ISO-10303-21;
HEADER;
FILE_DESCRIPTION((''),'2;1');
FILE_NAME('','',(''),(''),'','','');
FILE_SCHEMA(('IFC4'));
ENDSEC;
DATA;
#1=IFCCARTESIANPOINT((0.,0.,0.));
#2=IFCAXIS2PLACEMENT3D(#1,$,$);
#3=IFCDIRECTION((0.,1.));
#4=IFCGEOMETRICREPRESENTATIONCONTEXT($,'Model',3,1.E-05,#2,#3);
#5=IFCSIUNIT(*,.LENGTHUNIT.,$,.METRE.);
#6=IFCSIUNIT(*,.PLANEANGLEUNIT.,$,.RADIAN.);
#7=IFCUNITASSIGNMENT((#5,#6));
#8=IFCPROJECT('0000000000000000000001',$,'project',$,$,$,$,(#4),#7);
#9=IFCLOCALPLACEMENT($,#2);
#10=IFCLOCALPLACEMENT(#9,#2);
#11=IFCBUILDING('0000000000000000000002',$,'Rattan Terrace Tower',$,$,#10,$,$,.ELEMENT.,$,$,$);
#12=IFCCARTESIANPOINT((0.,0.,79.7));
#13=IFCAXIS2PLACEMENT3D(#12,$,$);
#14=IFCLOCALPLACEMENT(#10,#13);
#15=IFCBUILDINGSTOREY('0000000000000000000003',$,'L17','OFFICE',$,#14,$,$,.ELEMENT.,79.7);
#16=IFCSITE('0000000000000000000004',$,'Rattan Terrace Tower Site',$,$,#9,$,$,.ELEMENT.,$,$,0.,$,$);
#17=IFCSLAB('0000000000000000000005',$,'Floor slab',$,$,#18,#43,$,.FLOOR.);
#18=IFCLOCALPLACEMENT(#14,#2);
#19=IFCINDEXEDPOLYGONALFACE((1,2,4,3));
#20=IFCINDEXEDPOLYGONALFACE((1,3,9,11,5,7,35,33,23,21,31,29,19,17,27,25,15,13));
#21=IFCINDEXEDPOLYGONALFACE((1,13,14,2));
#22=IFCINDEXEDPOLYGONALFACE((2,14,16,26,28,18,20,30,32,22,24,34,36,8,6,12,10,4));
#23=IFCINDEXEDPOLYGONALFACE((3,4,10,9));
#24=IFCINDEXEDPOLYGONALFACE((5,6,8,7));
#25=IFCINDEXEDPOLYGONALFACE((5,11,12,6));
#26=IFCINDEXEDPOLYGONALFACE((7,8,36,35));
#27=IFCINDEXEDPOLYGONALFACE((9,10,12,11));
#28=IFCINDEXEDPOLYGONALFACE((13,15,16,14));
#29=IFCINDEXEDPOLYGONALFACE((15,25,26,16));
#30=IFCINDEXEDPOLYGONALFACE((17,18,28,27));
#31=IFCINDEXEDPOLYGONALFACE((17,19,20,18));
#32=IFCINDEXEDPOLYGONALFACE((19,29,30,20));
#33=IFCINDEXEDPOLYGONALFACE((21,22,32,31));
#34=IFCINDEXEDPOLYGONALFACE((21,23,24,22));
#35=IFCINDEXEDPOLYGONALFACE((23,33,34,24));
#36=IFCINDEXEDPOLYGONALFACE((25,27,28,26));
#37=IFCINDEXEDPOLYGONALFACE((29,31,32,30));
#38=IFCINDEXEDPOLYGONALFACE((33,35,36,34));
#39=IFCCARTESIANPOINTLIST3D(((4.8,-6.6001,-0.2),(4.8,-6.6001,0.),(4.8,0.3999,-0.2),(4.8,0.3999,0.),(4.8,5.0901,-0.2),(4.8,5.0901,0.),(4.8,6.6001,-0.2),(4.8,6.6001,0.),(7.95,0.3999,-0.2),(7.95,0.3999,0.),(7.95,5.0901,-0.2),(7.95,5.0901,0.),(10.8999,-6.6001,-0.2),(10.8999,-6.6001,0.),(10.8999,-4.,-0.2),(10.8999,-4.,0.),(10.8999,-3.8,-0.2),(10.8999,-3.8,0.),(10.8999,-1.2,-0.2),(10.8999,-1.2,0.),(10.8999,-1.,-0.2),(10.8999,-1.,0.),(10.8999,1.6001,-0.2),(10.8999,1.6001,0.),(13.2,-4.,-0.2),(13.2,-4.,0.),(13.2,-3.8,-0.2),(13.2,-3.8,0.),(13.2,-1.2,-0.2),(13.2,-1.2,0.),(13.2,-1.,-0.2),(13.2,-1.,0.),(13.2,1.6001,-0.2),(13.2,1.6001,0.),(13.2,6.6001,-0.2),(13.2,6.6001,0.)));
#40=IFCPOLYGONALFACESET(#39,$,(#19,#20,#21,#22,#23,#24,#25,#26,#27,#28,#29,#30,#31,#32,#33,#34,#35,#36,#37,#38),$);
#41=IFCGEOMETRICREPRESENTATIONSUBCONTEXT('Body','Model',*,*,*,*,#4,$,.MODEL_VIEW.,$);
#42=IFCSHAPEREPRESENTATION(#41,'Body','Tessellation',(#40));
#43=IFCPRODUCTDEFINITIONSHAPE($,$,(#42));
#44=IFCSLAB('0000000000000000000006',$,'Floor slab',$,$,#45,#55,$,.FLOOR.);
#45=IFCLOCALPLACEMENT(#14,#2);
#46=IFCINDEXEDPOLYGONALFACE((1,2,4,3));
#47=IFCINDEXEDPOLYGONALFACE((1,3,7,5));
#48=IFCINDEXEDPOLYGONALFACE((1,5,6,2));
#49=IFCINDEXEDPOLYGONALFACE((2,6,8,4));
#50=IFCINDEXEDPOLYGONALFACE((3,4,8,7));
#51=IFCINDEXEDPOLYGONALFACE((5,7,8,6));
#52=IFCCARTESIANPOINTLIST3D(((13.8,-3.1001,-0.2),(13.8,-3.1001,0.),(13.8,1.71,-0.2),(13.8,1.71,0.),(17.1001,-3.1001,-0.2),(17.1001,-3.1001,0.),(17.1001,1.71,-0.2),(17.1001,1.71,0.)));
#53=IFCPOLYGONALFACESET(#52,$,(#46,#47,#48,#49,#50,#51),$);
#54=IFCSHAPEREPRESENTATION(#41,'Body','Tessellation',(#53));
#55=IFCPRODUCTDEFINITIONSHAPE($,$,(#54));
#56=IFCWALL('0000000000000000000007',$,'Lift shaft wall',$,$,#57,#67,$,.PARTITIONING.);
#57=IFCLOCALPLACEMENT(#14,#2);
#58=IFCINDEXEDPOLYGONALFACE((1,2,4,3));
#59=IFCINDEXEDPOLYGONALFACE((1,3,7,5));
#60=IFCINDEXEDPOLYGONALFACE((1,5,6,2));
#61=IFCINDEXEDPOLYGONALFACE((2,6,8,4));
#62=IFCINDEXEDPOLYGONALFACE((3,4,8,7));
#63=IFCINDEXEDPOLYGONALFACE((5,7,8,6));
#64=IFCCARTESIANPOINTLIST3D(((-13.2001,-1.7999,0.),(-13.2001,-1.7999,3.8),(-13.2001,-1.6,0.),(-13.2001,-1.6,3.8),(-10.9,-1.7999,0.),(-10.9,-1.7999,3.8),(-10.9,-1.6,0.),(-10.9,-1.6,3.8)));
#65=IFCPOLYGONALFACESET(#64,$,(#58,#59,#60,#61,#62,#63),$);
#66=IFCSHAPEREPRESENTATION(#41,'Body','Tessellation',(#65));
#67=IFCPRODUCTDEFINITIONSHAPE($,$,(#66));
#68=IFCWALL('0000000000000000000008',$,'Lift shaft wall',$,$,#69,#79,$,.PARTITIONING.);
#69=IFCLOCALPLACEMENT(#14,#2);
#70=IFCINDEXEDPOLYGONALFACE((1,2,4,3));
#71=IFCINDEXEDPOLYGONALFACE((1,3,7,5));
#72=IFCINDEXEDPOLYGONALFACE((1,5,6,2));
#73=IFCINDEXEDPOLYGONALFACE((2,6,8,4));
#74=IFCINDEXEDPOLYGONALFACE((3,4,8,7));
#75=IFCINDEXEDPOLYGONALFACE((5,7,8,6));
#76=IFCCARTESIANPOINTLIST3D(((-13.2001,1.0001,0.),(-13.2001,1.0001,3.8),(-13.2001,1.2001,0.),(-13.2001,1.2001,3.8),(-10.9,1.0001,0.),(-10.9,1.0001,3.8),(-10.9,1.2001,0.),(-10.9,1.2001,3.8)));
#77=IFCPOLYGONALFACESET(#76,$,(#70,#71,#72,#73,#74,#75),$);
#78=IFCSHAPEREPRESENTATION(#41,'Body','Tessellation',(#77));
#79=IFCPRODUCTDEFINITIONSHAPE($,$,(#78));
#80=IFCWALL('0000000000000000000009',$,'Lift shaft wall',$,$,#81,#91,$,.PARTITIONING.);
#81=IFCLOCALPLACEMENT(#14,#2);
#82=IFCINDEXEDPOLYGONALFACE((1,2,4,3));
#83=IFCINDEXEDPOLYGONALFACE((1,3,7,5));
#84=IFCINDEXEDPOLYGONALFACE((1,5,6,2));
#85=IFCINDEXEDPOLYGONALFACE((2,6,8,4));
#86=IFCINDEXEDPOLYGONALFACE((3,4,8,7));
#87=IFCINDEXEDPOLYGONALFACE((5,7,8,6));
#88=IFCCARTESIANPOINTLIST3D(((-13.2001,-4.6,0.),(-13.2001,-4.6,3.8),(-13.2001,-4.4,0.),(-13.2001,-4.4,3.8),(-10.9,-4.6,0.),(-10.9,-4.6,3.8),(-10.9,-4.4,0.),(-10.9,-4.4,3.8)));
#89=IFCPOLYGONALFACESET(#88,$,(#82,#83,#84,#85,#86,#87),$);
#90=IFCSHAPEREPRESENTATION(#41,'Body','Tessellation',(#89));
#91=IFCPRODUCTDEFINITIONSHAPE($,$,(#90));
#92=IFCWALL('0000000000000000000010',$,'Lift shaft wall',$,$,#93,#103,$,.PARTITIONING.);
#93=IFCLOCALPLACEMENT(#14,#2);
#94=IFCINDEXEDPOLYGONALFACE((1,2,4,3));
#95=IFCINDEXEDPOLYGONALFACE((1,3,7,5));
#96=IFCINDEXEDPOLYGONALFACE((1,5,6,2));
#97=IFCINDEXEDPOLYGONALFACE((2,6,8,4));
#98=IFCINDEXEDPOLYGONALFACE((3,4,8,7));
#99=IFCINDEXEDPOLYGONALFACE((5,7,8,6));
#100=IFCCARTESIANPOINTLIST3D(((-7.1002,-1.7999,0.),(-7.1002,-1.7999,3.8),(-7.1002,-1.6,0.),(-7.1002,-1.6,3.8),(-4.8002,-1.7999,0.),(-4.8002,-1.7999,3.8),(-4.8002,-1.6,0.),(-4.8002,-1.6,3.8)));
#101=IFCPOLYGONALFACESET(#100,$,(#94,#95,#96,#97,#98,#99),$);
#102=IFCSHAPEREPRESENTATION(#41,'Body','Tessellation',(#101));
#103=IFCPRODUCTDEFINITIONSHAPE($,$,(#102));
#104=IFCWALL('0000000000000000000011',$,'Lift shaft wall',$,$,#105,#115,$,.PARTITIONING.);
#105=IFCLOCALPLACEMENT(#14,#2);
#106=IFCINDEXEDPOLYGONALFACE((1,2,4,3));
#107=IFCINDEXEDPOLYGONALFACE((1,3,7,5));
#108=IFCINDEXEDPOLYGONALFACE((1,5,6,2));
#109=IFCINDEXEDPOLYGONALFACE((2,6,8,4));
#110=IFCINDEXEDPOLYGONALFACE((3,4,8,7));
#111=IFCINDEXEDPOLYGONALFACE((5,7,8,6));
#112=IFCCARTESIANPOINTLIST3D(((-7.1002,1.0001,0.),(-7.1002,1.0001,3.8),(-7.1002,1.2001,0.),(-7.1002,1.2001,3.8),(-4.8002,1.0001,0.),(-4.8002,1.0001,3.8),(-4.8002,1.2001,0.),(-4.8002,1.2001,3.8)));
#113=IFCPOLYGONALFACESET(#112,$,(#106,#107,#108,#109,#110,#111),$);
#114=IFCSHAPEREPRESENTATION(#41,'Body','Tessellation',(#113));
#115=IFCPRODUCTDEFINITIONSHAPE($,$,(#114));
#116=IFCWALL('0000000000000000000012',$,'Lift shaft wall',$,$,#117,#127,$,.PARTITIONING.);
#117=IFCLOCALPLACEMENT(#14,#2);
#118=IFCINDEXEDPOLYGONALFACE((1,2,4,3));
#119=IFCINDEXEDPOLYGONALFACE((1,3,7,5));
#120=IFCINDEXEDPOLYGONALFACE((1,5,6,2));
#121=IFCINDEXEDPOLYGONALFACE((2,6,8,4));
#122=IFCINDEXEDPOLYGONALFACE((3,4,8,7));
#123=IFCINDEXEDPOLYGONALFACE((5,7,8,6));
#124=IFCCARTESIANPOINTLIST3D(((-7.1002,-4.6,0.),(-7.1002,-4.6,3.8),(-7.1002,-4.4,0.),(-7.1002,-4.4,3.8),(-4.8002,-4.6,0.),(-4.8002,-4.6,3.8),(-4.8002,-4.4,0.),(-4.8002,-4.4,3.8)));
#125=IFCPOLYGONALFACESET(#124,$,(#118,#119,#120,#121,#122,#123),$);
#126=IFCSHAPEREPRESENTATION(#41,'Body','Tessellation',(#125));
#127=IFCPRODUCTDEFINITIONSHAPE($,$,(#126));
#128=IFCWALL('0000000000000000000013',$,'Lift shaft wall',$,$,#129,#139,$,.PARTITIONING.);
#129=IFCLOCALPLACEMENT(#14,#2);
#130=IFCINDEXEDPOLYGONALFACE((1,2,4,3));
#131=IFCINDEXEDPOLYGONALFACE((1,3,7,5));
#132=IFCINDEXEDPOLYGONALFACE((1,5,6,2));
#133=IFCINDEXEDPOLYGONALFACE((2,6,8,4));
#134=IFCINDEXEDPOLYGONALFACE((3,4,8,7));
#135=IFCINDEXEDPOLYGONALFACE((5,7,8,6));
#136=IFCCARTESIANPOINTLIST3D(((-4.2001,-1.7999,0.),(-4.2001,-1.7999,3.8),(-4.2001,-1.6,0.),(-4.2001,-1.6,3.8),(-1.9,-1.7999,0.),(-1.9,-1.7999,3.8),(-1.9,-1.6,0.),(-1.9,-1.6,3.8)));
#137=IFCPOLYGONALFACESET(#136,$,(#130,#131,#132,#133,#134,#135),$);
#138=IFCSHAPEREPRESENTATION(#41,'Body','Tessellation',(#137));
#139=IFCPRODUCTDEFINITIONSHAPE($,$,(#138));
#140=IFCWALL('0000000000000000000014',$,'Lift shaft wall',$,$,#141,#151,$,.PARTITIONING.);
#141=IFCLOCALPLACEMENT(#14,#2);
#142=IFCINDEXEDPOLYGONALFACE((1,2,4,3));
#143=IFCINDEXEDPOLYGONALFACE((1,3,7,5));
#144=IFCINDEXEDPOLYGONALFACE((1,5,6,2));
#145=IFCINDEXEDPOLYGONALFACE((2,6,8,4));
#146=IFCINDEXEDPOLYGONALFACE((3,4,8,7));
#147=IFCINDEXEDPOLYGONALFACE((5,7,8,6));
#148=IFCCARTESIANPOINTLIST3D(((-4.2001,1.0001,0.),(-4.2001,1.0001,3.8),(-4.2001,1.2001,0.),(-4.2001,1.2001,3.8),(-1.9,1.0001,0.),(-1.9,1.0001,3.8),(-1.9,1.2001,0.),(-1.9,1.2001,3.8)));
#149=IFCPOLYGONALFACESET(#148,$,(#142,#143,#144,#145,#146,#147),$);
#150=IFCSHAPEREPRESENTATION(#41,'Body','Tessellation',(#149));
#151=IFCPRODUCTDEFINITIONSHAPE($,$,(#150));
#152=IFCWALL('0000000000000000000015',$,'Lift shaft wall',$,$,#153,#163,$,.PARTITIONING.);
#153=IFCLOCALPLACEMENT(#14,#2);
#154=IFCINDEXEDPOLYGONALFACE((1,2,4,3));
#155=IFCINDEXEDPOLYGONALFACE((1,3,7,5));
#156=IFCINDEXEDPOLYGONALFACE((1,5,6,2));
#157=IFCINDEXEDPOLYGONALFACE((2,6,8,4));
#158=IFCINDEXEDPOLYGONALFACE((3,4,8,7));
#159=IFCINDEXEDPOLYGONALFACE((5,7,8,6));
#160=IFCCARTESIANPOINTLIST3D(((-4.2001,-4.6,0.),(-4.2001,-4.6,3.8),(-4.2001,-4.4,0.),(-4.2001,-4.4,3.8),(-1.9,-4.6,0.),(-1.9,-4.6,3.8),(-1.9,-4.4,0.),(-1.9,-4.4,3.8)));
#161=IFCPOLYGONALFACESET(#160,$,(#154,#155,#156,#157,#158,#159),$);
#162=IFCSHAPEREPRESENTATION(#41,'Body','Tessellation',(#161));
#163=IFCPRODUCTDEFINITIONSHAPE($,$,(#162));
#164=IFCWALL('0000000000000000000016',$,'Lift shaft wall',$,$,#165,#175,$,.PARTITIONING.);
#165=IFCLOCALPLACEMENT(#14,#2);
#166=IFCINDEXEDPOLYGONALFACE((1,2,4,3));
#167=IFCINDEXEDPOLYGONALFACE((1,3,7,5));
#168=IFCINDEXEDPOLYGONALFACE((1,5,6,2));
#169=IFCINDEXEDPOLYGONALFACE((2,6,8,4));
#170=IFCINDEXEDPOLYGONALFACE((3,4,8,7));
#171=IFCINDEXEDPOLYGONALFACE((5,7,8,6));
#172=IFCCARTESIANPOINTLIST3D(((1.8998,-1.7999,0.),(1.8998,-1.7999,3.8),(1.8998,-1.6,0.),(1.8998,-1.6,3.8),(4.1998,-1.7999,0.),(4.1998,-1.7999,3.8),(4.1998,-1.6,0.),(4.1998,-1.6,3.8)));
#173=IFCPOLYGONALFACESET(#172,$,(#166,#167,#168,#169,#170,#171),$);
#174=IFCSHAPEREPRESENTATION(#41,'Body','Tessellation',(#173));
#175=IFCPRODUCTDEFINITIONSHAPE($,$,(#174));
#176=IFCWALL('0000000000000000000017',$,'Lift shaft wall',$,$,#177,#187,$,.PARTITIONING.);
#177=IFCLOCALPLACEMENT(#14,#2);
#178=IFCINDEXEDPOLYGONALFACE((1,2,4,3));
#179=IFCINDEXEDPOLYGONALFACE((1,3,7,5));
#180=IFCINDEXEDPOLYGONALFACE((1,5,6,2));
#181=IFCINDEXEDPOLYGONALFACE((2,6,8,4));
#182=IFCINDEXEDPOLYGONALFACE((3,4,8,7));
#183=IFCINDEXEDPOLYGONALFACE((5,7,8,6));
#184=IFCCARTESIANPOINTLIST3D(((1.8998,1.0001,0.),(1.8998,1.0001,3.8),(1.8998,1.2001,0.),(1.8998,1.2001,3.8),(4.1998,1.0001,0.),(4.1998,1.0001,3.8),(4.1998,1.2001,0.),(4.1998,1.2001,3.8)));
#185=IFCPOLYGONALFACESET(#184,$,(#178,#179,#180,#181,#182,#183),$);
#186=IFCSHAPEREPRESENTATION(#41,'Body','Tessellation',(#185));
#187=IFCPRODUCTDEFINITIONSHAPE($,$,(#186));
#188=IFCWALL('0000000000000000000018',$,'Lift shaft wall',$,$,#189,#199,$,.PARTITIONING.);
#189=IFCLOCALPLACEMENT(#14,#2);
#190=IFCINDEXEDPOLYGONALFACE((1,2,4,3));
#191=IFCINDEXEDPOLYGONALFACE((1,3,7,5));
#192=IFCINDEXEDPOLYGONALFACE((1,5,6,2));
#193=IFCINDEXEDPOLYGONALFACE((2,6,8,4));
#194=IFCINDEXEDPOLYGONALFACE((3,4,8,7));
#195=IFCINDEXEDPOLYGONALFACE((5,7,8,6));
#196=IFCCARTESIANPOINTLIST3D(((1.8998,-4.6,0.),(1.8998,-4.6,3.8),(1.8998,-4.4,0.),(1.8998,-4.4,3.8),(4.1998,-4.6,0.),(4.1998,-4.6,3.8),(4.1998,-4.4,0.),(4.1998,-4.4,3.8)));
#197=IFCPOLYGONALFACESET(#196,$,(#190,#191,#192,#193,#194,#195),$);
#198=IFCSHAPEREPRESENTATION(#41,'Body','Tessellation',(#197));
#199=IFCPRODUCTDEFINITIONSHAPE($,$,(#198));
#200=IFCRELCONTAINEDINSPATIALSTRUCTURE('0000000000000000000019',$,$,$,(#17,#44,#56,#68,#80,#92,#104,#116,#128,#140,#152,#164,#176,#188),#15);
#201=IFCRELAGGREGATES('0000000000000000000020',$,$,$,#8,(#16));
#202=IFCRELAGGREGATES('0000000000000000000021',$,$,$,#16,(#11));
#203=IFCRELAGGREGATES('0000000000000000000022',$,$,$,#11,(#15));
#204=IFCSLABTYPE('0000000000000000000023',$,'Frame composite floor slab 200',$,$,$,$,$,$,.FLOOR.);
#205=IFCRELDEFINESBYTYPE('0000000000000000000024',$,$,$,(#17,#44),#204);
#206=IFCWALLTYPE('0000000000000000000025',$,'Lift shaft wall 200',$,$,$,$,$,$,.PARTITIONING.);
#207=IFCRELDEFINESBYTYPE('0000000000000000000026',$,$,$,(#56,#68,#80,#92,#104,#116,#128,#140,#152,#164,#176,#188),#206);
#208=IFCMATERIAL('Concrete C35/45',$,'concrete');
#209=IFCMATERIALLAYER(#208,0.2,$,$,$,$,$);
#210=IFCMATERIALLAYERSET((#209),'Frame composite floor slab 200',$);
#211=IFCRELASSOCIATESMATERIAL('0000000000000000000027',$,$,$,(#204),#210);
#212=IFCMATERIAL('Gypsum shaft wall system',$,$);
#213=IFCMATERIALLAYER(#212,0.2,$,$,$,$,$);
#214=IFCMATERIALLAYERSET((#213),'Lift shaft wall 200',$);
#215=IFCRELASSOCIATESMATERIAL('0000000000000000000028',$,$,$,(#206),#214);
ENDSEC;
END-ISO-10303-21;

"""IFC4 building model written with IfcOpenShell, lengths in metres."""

from ifc_helpers import new_model, si_unit, direction, frame, frame_2d, origin, place, context, subcontext, project, spatial, polyline, rectangle, outline, extrude, material, layer, layer_set, type_object, element, save


model = new_model("IFC4")

# Units and contexts
model_context = context("Model", 3, precision=1e-05, world=origin(), true_north=direction((0.0, 1.0)))
body_context = subcontext(model_context, "Body", "Model", "MODEL_VIEW")
ifc_project = project(units=[si_unit("LENGTHUNIT", "METRE"), si_unit("PLANEANGLEUNIT", "RADIAN")], contexts=[model_context])

# Site, building, storey
site_placement = place(None, origin())
site = spatial("IfcSite", under=ifc_project, at=site_placement, Name="Rattan Terrace Tower Site", CompositionType="ELEMENT", RefElevation=0.0)
building_placement = place(site_placement, origin())
building = spatial("IfcBuilding", under=site, at=building_placement, Name="Rattan Terrace Tower", CompositionType="ELEMENT")
storey_placement = place(building_placement, frame((0.0, 0.0, 79.7)))
storey = spatial("IfcBuildingStorey", under=building, at=storey_placement, Name="L17", Description="OFFICE", CompositionType="ELEMENT", Elevation=79.7)

# Slabs
ifc_material_1 = material(Name="Concrete C35/45", Category="concrete")
ifc_layer_1 = layer(ifc_material_1, 0.2)
ifc_layer_set_1 = layer_set([ifc_layer_1], Name="Frame composite floor slab 200")
slab_type_1 = type_object("IfcSlabType", Name="Frame composite floor slab 200", PredefinedType="FLOOR", material=ifc_layer_set_1)
slab_1_placement = place(storey_placement, frame((0.0, 0.0, -0.2)))
element("IfcSlab", 1, at=slab_1_placement, inside=storey, type_object=slab_type_1, Name="Floor slab", PredefinedType="FLOOR", context=body_context, shape_type="SweptSolid", body=[
    extrude(outline(polyline([(4.8, 5.0901), (7.95, 5.0901), (7.95, 0.3999), (4.8, 0.3999), (4.8, -6.6001), (10.8999, -6.6001), (10.8999, -4.0), (13.2, -4.0), (13.2, -3.8), (10.8999, -3.8), (10.8999, -1.2), (13.2, -1.2), (13.2, -1.0), (10.8999, -1.0), (10.8999, 1.6001), (13.2, 1.6001), (13.2, 6.6001), (4.8, 6.6001), (4.8, 5.0901)])), origin(), (0.0, 0.0, 1.0), 0.2),
])
slab_2_placement = place(storey_placement, frame((0.0, 0.0, -0.2)))
element("IfcSlab", 2, at=slab_2_placement, inside=storey, type_object=slab_type_1, Name="Floor slab", PredefinedType="FLOOR", context=body_context, shape_type="SweptSolid", body=[
    extrude(outline(polyline([(13.8, -3.1001), (17.1001, -3.1001), (17.1001, 1.71), (13.8, 1.71), (13.8, -3.1001)])), origin(), (0.0, 0.0, 1.0), 0.2),
])

# Walls
ifc_material_2 = material(Name="Gypsum shaft wall system")
ifc_layer_2 = layer(ifc_material_2, 0.2)
ifc_layer_set_2 = layer_set([ifc_layer_2], Name="Lift shaft wall 200")
wall_type = type_object("IfcWallType", Name="Lift shaft wall 200", PredefinedType="PARTITIONING", material=ifc_layer_set_2)
for number, where, z_axis, x_axis, name in (
    (3, (-13.2, -1.7, 0.0), (0.0, 0.0, 1.0), (1.0, 0.0, 0.0), "Lift shaft wall"),
    (4, (-13.2, 1.1001, 0.0), (0.0, 0.0, 1.0), (1.0, 0.0, 0.0), "Lift shaft wall"),
    (5, (-13.2, -4.5, 0.0), (0.0, 0.0, 1.0), (1.0, 0.0, 0.0), "Lift shaft wall"),
    (6, (-7.1001, -1.7, 0.0), (0.0, 0.0, 1.0), (1.0, 0.0, 0.0), "Lift shaft wall"),
    (7, (-7.1001, 1.1001, 0.0), (0.0, 0.0, 1.0), (1.0, 0.0, 0.0), "Lift shaft wall"),
    (8, (-7.1001, -4.5, 0.0), (0.0, 0.0, 1.0), (1.0, 0.0, 0.0), "Lift shaft wall"),
    (9, (-4.2, -1.7, 0.0), (0.0, 0.0, 1.0), (1.0, 0.0, 0.0), "Lift shaft wall"),
    (10, (-4.2, 1.1001, 0.0), (0.0, 0.0, 1.0), (1.0, 0.0, 0.0), "Lift shaft wall"),
    (11, (-4.2, -4.5, 0.0), (0.0, 0.0, 1.0), (1.0, 0.0, 0.0), "Lift shaft wall"),
    (12, (1.8999, -1.7, 0.0), (0.0, 0.0, 1.0), (1.0, 0.0, 0.0), "Lift shaft wall"),
    (13, (1.8999, 1.1001, 0.0), (0.0, 0.0, 1.0), (1.0, 0.0, 0.0), "Lift shaft wall"),
    (14, (1.8999, -4.5, 0.0), (0.0, 0.0, 1.0), (1.0, 0.0, 0.0), "Lift shaft wall"),
):
    element("IfcWall", number, at=place(storey_placement, frame(where, z_axis=z_axis, x_axis=x_axis)), inside=storey, type_object=wall_type, Name=name, PredefinedType="PARTITIONING", context=body_context, shape_type="SweptSolid", body=[
        extrude(rectangle(XDim=2.3, YDim=0.2, at=frame_2d((1.1499, 0.0))), origin(), (0.0, 0.0, 1.0), 3.8),
    ])

save(model, "model.ifc")
